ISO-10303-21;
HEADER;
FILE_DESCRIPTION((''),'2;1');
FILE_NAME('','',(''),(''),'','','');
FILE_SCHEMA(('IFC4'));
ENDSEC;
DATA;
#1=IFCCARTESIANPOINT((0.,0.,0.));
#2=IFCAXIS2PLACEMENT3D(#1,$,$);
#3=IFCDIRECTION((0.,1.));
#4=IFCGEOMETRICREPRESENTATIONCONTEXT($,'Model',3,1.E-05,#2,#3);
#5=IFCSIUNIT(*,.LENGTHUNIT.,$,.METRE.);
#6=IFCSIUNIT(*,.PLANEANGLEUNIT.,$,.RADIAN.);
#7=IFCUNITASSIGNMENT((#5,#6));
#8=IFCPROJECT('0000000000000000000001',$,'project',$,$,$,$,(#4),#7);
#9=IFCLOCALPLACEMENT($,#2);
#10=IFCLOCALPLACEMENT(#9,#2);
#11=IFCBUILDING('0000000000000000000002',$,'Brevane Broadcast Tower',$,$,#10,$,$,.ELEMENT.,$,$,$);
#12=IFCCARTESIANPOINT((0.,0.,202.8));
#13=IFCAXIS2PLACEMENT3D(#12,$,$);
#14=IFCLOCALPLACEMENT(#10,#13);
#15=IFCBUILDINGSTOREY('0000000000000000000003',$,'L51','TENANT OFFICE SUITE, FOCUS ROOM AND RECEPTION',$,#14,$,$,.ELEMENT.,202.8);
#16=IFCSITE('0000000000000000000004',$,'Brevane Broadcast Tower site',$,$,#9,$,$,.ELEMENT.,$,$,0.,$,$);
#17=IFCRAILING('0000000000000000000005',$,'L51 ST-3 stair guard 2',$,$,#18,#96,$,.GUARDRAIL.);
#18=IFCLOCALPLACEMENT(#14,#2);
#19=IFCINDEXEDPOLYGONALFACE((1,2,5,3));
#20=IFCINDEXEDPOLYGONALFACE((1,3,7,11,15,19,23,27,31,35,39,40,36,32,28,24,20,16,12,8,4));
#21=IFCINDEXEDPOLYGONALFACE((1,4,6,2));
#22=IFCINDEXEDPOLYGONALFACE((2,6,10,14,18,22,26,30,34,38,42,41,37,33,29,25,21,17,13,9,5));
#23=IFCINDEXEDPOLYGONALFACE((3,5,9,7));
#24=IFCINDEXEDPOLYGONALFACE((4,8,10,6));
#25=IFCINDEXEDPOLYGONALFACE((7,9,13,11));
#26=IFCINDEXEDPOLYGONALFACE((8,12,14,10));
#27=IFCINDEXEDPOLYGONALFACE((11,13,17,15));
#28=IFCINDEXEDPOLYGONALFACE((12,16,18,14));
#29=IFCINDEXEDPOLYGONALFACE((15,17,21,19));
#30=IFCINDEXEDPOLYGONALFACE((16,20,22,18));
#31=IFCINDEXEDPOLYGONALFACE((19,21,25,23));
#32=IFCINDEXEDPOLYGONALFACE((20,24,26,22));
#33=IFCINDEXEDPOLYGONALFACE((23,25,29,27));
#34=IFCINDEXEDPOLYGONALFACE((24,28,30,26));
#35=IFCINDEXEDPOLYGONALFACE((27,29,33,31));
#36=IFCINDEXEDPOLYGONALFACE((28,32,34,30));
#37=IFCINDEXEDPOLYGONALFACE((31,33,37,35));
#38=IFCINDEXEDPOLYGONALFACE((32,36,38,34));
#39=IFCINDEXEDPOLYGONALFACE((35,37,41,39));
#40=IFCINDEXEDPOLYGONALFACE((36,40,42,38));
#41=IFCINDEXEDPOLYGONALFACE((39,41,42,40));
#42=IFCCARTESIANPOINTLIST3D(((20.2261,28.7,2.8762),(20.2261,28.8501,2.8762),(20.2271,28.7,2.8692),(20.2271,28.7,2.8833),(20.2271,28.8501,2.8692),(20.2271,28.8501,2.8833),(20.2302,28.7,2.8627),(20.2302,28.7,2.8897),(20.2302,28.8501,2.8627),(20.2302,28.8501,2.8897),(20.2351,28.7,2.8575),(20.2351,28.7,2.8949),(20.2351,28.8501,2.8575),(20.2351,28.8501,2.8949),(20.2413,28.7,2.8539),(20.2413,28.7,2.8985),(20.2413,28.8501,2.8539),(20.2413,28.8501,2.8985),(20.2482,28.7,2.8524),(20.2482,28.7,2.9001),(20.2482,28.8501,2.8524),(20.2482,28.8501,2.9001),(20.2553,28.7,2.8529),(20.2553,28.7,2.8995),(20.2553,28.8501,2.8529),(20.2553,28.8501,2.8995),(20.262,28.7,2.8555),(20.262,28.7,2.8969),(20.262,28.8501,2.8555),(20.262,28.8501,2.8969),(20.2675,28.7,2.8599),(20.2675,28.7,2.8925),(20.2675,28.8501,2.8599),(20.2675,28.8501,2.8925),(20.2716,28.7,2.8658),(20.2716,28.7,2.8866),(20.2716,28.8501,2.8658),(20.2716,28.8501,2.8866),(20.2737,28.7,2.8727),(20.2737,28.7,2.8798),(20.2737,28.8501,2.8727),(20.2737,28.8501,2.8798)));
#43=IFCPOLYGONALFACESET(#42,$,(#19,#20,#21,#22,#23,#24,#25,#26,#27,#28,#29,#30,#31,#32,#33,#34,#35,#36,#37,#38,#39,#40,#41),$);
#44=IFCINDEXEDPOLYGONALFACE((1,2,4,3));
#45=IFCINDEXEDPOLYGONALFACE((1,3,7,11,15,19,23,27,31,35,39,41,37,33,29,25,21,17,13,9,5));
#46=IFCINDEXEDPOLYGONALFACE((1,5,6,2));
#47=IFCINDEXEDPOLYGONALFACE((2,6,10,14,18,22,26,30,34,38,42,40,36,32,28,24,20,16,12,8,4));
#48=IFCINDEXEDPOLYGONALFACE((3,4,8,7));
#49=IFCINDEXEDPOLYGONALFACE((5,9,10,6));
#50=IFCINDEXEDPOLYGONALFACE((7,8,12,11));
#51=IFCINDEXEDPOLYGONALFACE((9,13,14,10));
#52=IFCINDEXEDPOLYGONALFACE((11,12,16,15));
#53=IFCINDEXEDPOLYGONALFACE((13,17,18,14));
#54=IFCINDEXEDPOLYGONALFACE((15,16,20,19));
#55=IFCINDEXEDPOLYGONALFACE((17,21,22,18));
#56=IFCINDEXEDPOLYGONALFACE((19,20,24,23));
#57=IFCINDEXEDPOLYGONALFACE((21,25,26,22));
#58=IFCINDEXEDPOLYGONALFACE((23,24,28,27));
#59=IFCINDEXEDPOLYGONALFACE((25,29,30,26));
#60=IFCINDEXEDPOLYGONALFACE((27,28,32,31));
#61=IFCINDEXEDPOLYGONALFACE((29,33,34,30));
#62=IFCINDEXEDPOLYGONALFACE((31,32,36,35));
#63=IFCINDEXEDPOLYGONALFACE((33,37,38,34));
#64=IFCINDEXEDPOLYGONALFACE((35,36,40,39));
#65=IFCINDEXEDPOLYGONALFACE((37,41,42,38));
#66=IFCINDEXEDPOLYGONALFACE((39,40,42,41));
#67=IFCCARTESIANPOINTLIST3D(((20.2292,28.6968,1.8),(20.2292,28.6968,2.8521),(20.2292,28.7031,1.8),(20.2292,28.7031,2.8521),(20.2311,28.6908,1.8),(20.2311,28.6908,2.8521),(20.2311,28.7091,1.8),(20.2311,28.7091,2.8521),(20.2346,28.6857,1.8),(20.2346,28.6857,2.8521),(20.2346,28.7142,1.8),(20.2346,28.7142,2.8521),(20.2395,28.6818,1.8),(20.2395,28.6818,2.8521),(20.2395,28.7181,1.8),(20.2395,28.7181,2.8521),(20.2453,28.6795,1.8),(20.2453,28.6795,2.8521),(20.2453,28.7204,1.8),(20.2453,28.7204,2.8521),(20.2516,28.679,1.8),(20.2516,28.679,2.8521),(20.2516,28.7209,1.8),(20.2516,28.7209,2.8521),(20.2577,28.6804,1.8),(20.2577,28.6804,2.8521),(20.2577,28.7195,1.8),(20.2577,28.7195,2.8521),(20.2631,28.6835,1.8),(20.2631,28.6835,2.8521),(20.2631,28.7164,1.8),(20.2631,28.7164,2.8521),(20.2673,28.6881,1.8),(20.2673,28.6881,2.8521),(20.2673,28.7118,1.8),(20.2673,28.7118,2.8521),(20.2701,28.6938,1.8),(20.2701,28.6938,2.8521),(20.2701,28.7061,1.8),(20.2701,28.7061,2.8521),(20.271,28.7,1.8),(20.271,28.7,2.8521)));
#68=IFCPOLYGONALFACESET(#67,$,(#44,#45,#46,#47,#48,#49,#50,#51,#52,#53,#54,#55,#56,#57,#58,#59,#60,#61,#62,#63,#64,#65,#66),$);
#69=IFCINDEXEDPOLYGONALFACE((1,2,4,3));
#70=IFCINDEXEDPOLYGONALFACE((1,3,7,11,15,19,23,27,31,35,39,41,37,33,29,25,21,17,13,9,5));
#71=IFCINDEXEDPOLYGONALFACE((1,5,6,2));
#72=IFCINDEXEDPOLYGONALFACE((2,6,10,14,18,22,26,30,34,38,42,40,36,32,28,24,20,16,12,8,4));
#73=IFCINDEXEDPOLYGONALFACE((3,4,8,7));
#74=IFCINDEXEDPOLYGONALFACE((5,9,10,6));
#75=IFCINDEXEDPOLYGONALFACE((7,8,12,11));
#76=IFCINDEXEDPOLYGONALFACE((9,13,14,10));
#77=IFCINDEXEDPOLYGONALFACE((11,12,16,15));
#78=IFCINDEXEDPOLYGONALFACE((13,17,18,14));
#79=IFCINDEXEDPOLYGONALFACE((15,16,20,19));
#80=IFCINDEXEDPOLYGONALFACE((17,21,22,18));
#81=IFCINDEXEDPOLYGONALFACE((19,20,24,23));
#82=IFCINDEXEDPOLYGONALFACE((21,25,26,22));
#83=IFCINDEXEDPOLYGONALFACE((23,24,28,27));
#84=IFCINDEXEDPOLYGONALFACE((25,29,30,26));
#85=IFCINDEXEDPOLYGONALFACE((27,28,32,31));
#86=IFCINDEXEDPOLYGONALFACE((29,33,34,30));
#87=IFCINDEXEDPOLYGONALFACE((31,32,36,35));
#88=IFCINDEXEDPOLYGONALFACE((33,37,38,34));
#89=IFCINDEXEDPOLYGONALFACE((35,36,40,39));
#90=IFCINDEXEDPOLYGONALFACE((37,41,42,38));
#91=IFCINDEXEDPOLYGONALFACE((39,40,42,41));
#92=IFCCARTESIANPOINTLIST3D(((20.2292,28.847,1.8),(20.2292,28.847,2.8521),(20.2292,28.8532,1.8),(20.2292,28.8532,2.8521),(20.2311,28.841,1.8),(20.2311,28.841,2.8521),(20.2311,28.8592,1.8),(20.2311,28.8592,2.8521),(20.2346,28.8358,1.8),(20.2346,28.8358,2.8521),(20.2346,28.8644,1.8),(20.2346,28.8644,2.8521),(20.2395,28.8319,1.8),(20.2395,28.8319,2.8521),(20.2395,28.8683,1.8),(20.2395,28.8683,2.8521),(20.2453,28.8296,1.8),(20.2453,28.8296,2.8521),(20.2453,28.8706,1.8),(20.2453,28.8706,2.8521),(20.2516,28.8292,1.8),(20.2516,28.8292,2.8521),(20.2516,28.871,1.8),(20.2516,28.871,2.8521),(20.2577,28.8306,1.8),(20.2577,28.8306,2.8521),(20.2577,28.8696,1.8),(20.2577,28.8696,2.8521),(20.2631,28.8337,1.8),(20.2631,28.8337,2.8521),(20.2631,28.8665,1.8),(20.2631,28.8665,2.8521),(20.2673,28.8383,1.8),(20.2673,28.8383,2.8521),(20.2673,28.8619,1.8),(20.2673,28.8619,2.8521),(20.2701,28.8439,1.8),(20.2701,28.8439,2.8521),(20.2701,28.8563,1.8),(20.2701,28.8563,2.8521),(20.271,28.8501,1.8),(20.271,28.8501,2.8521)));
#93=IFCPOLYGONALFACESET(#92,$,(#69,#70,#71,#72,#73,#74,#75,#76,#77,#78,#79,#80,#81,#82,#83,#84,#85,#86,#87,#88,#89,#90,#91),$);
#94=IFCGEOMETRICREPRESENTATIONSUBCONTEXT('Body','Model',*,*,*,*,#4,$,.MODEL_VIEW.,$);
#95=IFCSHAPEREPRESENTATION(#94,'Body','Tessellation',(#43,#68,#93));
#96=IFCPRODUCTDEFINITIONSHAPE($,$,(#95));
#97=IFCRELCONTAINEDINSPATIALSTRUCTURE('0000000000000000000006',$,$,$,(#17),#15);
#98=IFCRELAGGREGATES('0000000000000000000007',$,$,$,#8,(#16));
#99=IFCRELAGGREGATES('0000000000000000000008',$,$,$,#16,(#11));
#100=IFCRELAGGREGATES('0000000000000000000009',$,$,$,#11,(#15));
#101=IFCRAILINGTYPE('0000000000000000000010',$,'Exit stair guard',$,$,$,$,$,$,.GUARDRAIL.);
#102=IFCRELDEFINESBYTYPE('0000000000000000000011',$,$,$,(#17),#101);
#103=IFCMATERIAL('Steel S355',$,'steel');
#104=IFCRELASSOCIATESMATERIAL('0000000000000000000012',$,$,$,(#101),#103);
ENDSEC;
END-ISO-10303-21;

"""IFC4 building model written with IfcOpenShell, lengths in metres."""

from ifc_helpers import new_model, si_unit, direction, frame, origin, origin_2d, place, context, subcontext, project, spatial, circle, extrude, material, type_object, element, save


model = new_model("IFC4")

# Units and contexts
model_context = context("Model", 3, precision=1e-05, world=origin(), true_north=direction((0.0, 1.0)))
body_context = subcontext(model_context, "Body", "Model", "MODEL_VIEW")
ifc_project = project(units=[si_unit("LENGTHUNIT", "METRE"), si_unit("PLANEANGLEUNIT", "RADIAN")], contexts=[model_context])

# Site, building, storey
site_placement = place(None, origin())
site = spatial("IfcSite", under=ifc_project, at=site_placement, Name="Brevane Broadcast Tower site", CompositionType="ELEMENT", RefElevation=0.0)
building_placement = place(site_placement, origin())
building = spatial("IfcBuilding", under=site, at=building_placement, Name="Brevane Broadcast Tower", CompositionType="ELEMENT")
storey_placement = place(building_placement, frame((0.0, 0.0, 202.8)))
storey = spatial("IfcBuildingStorey", under=building, at=storey_placement, Name="L51", Description="TENANT OFFICE SUITE, FOCUS ROOM AND RECEPTION", CompositionType="ELEMENT", Elevation=202.8)

# Railing
ifc_material_1 = material(Name="Steel S355", Category="steel")
railing_type_1 = type_object("IfcRailingType", Name="Exit stair guard", PredefinedType="GUARDRAIL", material=ifc_material_1)
railing_1_placement = place(storey_placement, frame((20.25, 28.7, 1.8)))
element("IfcRailing", 1, at=railing_1_placement, inside=storey, type_object=railing_type_1, Name="L51 ST-3 stair guard 2", PredefinedType="GUARDRAIL", context=body_context, shape_type="SweptSolid", body=[
    extrude(circle(Radius=0.0239, at=origin_2d()), frame((0.0, 0.0, 1.0762), z_axis=(0.0, 1.0, 0.0), x_axis=(-1.0, 0.0, 0.0)), (0.0, 0.0, 1.0), 0.1501),
    extrude(circle(Radius=0.021, at=origin_2d()), origin(), (0.0, 0.0, 1.0), 1.052),
    extrude(circle(Radius=0.021, at=origin_2d()), frame((0.0, 0.1501, 0.0)), (0.0, 0.0, 1.0), 1.052),
])

save(model, "model.ifc")
